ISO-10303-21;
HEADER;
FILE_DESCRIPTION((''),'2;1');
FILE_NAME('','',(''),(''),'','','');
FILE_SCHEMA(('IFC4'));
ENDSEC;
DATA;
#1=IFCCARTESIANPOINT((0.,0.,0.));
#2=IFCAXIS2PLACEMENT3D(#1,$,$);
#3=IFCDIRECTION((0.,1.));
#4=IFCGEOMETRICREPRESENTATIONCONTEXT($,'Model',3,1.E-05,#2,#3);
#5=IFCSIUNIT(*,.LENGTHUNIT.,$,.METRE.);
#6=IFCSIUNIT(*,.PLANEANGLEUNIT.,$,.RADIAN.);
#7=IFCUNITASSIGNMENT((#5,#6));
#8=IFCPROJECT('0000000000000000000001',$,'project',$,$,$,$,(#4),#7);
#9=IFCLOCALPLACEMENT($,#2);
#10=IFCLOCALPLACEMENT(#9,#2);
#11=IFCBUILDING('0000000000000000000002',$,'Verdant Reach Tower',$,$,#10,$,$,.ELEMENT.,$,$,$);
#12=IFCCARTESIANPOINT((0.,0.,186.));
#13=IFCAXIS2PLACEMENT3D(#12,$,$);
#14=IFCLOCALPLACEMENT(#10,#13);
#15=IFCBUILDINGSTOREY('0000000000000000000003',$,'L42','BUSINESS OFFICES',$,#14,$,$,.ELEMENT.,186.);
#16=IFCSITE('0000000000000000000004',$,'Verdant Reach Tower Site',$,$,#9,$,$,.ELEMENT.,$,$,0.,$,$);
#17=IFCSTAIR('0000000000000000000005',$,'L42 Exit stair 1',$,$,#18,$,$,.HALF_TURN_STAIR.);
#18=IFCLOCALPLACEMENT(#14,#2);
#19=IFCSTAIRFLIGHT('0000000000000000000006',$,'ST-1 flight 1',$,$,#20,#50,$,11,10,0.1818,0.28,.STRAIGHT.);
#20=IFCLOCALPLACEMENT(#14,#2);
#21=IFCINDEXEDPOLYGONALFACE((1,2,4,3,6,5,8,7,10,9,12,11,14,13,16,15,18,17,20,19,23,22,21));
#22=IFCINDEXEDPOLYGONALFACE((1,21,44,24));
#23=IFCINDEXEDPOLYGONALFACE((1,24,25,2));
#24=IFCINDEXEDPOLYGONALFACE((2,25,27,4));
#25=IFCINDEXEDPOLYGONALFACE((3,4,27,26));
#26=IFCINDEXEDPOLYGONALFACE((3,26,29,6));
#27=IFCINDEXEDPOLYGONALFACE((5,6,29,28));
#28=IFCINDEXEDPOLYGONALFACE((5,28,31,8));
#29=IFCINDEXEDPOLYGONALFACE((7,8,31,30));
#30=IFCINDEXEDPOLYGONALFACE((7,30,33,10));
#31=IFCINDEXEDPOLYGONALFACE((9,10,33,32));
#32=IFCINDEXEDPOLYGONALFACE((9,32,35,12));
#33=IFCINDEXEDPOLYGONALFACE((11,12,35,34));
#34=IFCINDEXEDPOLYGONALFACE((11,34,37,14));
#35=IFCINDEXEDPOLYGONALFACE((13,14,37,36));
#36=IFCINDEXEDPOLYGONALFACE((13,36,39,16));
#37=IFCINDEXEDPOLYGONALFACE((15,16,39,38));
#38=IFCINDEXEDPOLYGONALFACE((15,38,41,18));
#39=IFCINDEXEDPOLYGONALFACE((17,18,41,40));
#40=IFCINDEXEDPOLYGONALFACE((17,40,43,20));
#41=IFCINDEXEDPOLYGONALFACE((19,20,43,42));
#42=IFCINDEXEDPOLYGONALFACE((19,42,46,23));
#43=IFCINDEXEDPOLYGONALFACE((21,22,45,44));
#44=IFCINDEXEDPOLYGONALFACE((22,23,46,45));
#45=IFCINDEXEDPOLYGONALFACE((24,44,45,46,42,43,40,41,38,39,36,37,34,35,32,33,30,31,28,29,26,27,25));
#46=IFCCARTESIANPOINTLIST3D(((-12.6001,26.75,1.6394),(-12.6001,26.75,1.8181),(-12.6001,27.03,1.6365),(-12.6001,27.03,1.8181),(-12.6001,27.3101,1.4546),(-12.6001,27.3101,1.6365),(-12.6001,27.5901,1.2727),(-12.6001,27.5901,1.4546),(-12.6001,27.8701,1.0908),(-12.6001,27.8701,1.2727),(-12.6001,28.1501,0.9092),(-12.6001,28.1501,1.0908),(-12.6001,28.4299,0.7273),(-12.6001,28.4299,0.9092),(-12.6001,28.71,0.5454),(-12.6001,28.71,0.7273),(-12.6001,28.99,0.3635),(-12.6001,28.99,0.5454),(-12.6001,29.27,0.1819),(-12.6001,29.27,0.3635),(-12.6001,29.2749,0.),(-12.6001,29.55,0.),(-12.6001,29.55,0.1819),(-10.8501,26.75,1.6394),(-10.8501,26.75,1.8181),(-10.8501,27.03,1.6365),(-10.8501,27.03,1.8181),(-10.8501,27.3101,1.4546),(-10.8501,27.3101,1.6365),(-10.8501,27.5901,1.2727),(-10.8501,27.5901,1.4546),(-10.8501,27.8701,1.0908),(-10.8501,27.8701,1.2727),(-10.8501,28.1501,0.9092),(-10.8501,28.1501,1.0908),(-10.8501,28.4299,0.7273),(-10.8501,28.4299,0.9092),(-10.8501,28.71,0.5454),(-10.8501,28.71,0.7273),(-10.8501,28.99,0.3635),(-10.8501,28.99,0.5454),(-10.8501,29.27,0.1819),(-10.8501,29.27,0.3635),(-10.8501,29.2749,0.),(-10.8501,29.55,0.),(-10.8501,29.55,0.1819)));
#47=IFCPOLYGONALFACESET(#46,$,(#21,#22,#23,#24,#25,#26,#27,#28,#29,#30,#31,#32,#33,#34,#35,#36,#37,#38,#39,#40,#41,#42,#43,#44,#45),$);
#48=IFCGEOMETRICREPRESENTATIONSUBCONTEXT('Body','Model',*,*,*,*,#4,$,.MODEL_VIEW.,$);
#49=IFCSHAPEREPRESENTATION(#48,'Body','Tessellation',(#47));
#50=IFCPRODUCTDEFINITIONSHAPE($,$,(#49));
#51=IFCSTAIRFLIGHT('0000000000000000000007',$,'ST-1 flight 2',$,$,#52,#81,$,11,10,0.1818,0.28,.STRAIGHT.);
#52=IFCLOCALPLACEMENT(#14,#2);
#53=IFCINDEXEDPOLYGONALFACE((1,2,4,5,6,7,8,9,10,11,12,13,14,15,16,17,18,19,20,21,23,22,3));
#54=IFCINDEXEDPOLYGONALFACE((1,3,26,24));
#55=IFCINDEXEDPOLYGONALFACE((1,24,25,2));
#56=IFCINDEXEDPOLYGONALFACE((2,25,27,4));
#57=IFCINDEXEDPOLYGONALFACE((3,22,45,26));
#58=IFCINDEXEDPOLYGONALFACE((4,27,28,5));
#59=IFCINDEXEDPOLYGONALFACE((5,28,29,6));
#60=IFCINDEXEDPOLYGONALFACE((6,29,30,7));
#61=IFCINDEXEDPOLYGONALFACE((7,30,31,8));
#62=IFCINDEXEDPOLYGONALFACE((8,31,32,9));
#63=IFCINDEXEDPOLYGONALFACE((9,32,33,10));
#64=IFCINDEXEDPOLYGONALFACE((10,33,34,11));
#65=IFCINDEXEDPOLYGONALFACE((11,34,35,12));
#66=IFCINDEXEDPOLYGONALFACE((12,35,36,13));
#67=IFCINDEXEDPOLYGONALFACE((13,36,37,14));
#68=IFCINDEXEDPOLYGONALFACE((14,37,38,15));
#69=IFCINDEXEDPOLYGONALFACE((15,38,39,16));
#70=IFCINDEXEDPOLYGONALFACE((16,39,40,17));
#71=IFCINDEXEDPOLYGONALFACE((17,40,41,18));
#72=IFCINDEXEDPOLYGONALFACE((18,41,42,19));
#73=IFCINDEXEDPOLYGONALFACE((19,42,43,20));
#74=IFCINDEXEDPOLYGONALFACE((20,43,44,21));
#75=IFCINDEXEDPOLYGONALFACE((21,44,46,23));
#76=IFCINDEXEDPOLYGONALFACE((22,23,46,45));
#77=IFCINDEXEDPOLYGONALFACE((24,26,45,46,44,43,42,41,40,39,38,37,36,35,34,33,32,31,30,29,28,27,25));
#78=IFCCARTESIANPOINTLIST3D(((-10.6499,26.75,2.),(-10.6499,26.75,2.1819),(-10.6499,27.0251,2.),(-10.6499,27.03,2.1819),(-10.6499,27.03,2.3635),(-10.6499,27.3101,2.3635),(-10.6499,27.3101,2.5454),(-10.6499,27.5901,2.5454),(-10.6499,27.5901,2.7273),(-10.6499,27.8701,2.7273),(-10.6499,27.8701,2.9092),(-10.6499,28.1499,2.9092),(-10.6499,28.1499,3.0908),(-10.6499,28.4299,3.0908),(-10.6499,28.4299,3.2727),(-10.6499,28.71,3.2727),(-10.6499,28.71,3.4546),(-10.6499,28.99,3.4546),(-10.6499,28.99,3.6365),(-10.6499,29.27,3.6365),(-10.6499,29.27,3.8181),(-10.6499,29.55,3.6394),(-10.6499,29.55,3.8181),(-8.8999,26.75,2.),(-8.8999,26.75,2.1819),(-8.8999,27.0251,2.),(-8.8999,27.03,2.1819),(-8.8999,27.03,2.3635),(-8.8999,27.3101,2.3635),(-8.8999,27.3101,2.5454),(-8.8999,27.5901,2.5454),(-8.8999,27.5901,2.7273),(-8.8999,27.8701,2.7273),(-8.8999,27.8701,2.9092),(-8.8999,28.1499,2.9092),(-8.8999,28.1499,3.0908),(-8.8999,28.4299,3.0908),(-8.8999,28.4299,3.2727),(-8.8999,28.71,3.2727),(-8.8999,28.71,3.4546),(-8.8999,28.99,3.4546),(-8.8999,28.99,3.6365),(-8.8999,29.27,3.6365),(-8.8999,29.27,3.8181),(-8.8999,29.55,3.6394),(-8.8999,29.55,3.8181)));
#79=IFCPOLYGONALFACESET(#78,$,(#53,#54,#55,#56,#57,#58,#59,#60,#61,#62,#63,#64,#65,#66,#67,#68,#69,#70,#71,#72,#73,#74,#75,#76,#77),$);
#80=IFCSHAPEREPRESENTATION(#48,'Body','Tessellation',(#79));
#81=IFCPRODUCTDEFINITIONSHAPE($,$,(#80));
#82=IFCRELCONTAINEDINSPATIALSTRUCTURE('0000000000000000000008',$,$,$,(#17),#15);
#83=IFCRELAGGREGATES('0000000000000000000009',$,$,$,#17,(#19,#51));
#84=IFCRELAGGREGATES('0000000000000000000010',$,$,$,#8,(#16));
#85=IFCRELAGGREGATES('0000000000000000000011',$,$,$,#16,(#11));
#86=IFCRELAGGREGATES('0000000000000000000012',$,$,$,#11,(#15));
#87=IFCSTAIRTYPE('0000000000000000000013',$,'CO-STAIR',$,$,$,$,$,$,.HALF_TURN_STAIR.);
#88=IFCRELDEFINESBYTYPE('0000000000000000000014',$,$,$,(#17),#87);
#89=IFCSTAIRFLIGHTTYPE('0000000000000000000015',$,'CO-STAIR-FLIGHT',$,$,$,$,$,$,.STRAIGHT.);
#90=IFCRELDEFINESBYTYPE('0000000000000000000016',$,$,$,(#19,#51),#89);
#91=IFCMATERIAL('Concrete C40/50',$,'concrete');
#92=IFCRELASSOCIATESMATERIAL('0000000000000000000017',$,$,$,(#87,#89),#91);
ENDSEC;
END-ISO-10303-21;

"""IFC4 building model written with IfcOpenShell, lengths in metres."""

from ifc_helpers import new_model, si_unit, direction, frame, origin, place, context, subcontext, project, spatial, polyline, outline, extrude, material, type_object, element, aggregate, save


model = new_model("IFC4")

# Units and contexts
model_context = context("Model", 3, precision=1e-05, world=origin(), true_north=direction((0.0, 1.0)))
body_context = subcontext(model_context, "Body", "Model", "MODEL_VIEW")
ifc_project = project(units=[si_unit("LENGTHUNIT", "METRE"), si_unit("PLANEANGLEUNIT", "RADIAN")], contexts=[model_context])

# Site, building, storey
site_placement = place(None, origin())
site = spatial("IfcSite", under=ifc_project, at=site_placement, Name="Verdant Reach Tower Site", CompositionType="ELEMENT", RefElevation=0.0)
building_placement = place(site_placement, origin())
building = spatial("IfcBuilding", under=site, at=building_placement, Name="Verdant Reach Tower", CompositionType="ELEMENT")
storey_placement = place(building_placement, frame((0.0, 0.0, 186.0)))
storey = spatial("IfcBuildingStorey", under=building, at=storey_placement, Name="L42", Description="BUSINESS OFFICES", CompositionType="ELEMENT", Elevation=186.0)

# Shared definitions
ifc_material_1 = material(Name="Concrete C40/50", Category="concrete")

# Stair, stair flights
stair_type = type_object("IfcStairType", Name="CO-STAIR", PredefinedType="HALF_TURN_STAIR", material=ifc_material_1)
stair_placement = place(storey_placement, origin())
stair = element("IfcStair", 1, at=stair_placement, inside=storey, type_object=stair_type, Name="L42 Exit stair 1", PredefinedType="HALF_TURN_STAIR")
stair_flight_type = type_object("IfcStairFlightType", Name="CO-STAIR-FLIGHT", PredefinedType="STRAIGHT", material=ifc_material_1)
stair_flight_1_placement = place(storey_placement, frame((-11.7251, 29.55, 0.0), z_axis=(0.0, 0.0, 1.0), x_axis=(0.0, -1.0, 0.0)))
stair_flight_1 = element("IfcStairFlight", 2, at=stair_flight_1_placement, type_object=stair_flight_type, Name="ST-1 flight 1", NumberOfRisers=11, NumberOfTreads=10, PredefinedType="STRAIGHT", RiserHeight=0.1818, TreadLength=0.28, context=body_context, shape_type="SweptSolid", body=[
    extrude(outline(polyline([(0.0, 0.0), (0.0, 0.1819), (0.28, 0.1819), (0.28, 0.3635), (0.5601, 0.3635), (0.5601, 0.5454), (0.8401, 0.5454), (0.8401, 0.7273), (1.1201, 0.7273), (1.1201, 0.9092), (1.3999, 0.9092), (1.3999, 1.0908), (1.6799, 1.0908), (1.6799, 1.2727), (1.96, 1.2727), (1.96, 1.4546), (2.24, 1.4546), (2.24, 1.6365), (2.52, 1.6365), (2.52, 1.8181), (2.8, 1.8181), (2.8, 2.0), (2.8, 1.6394), (0.2751, 0.0), (0.0, 0.0)])), frame((0.0, 0.875, 0.0), z_axis=(0.0, -1.0, 0.0), x_axis=(1.0, 0.0, 0.0)), (0.0, 0.0, 1.0), 1.75),
])
stair_flight_2_placement = place(storey_placement, frame((-9.7749, 26.75, 2.0), z_axis=(0.0, 0.0, 1.0), x_axis=(0.0, 1.0, 0.0)))
stair_flight_2 = element("IfcStairFlight", 3, at=stair_flight_2_placement, type_object=stair_flight_type, Name="ST-1 flight 2", NumberOfRisers=11, NumberOfTreads=10, PredefinedType="STRAIGHT", RiserHeight=0.1818, TreadLength=0.28, context=body_context, shape_type="SweptSolid", body=[
    extrude(outline(polyline([(0.0, 0.0), (0.0, 0.1819), (0.28, 0.1819), (0.28, 0.3635), (0.5601, 0.3635), (0.5601, 0.5454), (0.8401, 0.5454), (0.8401, 0.7273), (1.1201, 0.7273), (1.1201, 0.9092), (1.3999, 0.9092), (1.3999, 1.0908), (1.6799, 1.0908), (1.6799, 1.2727), (1.96, 1.2727), (1.96, 1.4546), (2.24, 1.4546), (2.24, 1.6365), (2.52, 1.6365), (2.52, 1.8181), (2.8, 1.8181), (2.8, 2.0), (2.8, 1.6394), (0.2751, 0.0), (0.0, 0.0)])), frame((0.0, 0.875, 0.0), z_axis=(0.0, -1.0, 0.0), x_axis=(1.0, 0.0, 0.0)), (0.0, 0.0, 1.0), 1.75),
])
aggregate(stair, [stair_flight_1, stair_flight_2])

save(model, "model.ifc")
